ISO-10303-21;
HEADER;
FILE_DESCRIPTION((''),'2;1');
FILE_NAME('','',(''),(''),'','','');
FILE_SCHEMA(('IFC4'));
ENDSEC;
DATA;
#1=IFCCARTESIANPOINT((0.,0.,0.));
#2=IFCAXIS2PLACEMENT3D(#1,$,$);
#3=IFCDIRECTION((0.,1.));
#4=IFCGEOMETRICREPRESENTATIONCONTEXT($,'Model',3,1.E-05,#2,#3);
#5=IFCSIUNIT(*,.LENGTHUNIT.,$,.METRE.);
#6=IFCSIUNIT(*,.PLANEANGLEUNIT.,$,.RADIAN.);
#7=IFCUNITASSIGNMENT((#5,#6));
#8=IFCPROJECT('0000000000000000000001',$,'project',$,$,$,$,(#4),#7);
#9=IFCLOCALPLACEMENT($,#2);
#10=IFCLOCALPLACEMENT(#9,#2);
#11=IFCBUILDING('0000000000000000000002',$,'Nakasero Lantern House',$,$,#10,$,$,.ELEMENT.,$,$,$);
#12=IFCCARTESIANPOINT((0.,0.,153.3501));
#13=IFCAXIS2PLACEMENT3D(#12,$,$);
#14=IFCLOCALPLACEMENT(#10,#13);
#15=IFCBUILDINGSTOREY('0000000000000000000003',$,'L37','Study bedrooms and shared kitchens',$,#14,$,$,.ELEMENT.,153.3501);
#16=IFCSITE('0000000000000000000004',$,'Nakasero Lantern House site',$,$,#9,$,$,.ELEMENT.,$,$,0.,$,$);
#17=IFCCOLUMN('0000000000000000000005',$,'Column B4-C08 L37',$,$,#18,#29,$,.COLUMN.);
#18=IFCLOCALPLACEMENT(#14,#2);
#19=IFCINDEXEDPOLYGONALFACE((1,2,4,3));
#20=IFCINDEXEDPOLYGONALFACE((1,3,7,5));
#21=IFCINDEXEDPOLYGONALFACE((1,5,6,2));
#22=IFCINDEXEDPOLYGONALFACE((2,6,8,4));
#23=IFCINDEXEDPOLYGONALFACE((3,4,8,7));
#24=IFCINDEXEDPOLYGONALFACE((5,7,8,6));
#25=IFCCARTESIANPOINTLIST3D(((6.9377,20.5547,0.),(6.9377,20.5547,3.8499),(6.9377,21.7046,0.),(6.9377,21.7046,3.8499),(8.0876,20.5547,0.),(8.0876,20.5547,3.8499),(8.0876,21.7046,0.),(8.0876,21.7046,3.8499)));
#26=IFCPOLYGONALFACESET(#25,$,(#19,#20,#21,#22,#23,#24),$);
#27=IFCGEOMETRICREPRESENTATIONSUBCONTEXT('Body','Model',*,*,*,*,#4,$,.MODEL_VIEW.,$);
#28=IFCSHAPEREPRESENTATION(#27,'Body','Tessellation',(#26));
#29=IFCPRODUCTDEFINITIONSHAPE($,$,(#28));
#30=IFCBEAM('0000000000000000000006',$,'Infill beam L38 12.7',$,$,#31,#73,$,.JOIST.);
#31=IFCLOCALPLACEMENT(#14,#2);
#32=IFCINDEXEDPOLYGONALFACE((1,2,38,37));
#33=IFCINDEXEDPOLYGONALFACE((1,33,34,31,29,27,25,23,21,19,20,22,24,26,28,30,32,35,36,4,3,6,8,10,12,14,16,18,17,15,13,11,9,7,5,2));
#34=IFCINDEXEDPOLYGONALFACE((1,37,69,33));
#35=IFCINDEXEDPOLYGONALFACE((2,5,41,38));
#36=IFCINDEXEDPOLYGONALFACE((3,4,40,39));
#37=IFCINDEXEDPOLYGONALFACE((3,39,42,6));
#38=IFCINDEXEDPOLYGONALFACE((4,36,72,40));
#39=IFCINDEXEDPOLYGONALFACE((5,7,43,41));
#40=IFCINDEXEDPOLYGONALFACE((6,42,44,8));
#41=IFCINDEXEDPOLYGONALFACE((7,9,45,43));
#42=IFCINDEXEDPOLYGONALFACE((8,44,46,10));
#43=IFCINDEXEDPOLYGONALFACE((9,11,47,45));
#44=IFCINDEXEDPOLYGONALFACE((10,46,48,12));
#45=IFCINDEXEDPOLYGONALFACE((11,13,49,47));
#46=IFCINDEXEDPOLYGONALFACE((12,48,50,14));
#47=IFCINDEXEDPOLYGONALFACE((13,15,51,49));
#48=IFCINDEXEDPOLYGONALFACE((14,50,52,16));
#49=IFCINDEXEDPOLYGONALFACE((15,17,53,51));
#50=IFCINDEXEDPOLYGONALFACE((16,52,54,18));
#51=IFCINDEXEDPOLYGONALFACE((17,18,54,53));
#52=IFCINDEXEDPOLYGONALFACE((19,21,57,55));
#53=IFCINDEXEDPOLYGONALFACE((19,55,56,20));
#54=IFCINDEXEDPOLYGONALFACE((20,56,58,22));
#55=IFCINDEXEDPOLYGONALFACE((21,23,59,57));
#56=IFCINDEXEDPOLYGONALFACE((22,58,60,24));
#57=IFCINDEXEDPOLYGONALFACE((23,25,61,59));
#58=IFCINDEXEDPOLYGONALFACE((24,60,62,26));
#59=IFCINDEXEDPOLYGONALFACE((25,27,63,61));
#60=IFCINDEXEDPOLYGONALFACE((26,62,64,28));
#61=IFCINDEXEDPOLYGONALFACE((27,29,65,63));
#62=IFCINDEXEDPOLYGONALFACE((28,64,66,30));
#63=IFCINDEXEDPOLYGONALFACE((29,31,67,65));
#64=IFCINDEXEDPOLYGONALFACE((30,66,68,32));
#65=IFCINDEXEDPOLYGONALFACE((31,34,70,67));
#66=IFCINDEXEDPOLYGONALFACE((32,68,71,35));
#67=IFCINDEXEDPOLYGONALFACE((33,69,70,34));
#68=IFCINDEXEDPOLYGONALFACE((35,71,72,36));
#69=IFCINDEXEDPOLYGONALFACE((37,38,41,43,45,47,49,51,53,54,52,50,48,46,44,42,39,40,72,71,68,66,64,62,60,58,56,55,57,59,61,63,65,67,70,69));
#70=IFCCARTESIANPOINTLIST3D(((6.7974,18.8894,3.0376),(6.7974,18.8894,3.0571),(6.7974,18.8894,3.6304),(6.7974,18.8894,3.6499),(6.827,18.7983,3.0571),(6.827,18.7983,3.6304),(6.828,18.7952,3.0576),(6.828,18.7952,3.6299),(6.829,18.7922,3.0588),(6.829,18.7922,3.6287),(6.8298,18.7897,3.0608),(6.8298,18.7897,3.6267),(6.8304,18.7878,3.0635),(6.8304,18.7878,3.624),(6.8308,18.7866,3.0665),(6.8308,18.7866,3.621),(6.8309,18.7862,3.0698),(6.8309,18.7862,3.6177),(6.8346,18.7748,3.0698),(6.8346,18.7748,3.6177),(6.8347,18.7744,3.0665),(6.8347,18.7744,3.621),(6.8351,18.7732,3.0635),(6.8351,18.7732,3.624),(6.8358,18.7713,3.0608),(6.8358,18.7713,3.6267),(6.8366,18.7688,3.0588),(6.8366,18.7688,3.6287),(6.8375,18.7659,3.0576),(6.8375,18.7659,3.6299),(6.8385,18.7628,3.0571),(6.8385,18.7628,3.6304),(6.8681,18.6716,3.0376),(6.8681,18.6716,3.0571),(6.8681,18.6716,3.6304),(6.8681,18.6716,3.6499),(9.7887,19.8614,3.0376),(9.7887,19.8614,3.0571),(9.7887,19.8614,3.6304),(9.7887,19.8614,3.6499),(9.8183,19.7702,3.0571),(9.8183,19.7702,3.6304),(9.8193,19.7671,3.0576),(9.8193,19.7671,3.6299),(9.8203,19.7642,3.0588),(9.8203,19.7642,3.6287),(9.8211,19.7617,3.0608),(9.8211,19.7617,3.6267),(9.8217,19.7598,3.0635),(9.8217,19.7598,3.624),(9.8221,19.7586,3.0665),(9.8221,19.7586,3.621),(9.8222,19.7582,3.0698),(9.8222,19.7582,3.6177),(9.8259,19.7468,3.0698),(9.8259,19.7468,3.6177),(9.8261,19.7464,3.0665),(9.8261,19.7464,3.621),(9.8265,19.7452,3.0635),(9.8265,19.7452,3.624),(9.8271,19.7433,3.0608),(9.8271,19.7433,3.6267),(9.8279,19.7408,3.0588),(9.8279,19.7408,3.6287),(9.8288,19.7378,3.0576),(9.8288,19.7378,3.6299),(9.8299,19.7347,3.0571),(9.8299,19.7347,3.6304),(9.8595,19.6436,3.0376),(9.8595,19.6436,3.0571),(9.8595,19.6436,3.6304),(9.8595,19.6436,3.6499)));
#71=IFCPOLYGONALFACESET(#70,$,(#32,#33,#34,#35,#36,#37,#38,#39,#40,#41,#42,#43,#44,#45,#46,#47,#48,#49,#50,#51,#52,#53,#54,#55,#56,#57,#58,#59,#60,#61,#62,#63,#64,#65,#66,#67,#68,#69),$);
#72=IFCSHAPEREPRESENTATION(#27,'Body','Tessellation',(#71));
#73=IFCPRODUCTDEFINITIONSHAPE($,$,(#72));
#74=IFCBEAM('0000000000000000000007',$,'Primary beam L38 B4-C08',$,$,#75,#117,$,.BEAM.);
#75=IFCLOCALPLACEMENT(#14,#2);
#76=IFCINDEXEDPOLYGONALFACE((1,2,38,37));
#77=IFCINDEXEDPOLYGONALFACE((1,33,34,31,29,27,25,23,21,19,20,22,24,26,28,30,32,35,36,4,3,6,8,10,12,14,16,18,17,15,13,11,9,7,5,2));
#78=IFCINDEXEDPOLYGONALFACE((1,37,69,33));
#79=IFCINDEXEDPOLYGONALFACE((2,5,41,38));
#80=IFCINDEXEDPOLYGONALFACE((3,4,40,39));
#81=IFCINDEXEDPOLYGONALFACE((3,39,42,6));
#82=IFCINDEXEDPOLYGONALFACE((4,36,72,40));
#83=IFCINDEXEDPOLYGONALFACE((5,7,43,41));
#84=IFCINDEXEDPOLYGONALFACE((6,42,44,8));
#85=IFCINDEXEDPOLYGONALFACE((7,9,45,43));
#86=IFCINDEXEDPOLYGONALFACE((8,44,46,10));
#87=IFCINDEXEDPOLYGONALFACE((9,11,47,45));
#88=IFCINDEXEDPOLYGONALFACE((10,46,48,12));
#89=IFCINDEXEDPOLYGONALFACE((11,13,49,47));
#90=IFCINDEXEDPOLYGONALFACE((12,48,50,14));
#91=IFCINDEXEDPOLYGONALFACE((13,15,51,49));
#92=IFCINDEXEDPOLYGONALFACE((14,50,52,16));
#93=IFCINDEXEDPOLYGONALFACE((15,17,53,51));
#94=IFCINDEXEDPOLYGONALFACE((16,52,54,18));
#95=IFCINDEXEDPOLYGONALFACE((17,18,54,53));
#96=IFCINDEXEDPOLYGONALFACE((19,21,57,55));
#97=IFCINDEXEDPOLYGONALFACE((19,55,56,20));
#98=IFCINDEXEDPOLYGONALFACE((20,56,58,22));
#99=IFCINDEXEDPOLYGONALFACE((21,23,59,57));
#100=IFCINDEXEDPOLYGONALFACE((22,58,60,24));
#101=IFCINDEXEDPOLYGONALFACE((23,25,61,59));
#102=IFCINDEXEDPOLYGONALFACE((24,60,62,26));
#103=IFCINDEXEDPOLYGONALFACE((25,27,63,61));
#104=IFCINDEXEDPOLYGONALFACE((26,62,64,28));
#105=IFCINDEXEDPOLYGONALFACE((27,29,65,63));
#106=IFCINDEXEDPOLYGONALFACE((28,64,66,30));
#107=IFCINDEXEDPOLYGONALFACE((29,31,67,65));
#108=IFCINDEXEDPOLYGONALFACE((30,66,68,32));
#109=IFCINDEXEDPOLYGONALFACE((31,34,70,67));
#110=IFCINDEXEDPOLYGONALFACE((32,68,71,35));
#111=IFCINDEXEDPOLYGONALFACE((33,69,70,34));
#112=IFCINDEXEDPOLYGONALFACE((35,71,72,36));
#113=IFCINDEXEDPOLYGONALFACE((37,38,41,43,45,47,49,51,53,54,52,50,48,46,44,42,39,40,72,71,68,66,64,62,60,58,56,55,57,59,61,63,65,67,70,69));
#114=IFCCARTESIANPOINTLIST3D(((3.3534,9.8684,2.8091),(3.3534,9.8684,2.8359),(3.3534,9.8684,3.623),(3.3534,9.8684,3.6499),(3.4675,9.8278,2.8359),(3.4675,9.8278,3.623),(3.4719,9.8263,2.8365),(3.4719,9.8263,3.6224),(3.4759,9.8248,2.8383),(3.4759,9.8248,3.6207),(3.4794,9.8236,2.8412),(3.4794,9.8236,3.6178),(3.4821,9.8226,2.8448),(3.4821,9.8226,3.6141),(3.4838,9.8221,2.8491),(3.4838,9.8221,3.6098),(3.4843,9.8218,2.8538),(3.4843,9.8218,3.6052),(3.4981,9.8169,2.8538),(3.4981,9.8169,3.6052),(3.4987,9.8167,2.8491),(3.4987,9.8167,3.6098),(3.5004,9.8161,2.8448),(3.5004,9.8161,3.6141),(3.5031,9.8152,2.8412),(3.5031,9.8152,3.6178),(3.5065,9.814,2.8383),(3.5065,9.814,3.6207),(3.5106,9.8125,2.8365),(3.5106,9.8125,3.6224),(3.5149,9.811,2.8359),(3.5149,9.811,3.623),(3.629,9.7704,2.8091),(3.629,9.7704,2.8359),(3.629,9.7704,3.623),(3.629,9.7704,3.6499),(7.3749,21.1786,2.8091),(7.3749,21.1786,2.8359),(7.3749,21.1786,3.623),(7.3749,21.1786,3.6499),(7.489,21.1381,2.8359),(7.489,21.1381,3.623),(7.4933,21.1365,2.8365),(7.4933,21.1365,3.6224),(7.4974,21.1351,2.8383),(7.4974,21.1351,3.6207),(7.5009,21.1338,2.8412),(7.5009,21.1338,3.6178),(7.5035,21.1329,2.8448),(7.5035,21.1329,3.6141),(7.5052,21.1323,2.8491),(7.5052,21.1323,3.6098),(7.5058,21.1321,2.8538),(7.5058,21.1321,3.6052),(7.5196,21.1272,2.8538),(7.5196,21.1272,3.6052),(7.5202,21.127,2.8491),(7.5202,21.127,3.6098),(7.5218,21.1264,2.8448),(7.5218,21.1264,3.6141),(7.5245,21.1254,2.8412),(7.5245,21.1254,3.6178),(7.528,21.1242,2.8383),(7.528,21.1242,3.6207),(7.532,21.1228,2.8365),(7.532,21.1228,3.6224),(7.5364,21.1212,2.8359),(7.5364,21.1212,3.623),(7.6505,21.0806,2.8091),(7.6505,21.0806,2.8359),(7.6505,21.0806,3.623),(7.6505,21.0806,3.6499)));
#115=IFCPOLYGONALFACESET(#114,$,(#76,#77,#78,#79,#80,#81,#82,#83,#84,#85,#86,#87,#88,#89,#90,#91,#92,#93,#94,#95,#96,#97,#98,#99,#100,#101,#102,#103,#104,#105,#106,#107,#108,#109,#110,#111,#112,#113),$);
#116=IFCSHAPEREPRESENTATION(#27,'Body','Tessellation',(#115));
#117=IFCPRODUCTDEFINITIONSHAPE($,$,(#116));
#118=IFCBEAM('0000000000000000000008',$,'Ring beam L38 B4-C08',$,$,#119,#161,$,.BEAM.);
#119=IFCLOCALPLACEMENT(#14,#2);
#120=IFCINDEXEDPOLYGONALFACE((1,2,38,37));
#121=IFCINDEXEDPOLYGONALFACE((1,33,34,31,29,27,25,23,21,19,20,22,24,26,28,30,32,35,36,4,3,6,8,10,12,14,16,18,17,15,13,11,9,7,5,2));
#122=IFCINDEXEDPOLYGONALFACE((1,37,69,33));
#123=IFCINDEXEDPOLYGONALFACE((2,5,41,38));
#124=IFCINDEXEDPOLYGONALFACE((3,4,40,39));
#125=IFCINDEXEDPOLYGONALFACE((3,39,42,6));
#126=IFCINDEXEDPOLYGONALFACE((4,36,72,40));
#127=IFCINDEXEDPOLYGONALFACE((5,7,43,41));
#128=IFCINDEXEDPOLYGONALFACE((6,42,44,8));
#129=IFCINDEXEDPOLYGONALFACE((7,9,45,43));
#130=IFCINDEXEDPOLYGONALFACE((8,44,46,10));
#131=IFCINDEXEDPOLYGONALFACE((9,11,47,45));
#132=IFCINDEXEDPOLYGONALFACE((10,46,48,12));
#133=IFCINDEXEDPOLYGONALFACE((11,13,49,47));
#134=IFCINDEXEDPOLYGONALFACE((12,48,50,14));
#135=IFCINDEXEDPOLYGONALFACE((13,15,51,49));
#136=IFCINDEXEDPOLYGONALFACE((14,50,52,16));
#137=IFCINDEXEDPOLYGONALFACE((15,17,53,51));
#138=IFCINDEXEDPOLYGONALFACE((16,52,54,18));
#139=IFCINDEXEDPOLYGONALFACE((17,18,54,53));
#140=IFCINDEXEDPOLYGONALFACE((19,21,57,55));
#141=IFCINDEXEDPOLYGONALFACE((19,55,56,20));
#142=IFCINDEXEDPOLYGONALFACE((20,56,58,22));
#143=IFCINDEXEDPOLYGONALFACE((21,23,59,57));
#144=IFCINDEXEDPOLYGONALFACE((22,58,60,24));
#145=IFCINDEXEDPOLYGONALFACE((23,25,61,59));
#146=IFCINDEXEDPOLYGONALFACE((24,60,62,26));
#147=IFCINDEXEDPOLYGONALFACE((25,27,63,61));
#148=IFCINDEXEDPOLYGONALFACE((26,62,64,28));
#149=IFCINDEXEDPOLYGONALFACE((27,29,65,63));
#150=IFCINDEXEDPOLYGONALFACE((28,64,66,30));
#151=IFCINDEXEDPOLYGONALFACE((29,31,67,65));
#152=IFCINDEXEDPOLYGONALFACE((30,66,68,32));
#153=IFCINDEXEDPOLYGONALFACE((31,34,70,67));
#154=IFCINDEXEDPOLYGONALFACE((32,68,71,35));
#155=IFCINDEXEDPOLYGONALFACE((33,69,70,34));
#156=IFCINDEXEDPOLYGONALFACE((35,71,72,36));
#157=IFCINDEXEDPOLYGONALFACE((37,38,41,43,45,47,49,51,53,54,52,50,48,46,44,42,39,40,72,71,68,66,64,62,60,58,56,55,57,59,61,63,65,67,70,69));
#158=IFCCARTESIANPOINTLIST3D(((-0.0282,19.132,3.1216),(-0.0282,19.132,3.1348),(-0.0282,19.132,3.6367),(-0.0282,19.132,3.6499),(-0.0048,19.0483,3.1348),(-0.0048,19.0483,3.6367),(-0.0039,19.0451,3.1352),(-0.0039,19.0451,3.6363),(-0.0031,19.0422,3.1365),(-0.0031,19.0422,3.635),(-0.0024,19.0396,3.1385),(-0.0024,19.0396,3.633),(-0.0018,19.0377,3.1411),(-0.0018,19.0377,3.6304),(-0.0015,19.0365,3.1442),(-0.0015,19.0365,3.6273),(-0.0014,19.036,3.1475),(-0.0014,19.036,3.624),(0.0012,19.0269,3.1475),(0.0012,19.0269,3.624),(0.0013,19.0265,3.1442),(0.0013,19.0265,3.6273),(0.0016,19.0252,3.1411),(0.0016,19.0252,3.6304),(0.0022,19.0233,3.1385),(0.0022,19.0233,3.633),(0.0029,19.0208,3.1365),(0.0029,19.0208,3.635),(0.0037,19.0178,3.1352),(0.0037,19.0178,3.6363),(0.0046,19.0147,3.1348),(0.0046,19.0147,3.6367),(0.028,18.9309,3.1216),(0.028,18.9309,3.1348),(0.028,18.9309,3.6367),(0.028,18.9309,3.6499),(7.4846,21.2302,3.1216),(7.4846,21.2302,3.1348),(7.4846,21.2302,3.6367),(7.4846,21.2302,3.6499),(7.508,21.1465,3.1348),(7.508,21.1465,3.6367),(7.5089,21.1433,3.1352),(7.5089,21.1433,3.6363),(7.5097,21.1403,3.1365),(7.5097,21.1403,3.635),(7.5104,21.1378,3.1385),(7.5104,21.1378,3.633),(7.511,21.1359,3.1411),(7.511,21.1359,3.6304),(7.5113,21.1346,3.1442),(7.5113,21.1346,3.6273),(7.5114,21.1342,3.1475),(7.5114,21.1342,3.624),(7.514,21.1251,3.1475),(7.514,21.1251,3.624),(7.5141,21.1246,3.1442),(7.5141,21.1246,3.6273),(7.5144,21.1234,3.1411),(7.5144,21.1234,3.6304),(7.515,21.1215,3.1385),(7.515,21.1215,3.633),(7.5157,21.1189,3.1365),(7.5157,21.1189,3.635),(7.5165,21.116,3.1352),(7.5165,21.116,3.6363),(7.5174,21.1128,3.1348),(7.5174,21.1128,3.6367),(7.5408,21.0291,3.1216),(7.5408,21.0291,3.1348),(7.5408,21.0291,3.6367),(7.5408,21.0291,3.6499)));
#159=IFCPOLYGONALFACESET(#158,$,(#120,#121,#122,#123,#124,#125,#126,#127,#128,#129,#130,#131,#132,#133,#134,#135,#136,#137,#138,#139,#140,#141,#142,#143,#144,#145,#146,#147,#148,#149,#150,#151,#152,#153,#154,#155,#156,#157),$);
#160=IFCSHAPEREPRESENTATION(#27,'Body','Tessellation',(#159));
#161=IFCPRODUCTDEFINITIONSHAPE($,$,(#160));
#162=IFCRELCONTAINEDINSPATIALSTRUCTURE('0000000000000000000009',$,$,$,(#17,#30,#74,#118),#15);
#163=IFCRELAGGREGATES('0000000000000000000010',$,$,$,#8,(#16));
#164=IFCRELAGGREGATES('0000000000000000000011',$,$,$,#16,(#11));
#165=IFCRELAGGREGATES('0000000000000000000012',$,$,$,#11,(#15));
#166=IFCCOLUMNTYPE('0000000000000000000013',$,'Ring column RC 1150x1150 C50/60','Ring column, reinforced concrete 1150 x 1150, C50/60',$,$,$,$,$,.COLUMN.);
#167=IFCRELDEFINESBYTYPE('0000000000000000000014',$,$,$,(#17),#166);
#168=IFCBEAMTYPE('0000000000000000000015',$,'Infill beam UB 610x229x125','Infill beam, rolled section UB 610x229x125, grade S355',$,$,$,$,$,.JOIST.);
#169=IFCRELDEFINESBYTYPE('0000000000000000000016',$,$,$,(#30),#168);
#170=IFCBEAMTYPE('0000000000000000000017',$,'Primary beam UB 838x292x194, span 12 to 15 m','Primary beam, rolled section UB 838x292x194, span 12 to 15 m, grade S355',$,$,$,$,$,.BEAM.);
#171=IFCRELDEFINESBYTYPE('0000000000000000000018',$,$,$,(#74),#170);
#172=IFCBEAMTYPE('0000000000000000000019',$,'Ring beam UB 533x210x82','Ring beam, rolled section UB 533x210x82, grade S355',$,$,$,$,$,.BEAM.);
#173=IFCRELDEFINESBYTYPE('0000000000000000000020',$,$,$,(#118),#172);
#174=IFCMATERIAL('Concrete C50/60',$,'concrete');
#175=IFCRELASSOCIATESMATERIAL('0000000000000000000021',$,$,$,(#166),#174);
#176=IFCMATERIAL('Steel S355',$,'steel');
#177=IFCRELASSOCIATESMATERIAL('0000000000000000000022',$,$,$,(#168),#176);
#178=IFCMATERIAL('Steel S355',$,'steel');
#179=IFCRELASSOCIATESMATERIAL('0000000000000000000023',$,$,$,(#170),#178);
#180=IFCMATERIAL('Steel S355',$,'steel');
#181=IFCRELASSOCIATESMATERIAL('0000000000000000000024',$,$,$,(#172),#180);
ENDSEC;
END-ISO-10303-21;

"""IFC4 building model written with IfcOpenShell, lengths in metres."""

from ifc_helpers import new_model, si_unit, direction, frame, origin, origin_2d, place, context, subcontext, project, spatial, rectangle, i_section, extrude, material, material_profile, profile_set, type_object, element, save


model = new_model("IFC4")

# Units and contexts
model_context = context("Model", 3, precision=1e-05, world=origin(), true_north=direction((0.0, 1.0)))
body_context = subcontext(model_context, "Body", "Model", "MODEL_VIEW")
ifc_project = project(units=[si_unit("LENGTHUNIT", "METRE"), si_unit("PLANEANGLEUNIT", "RADIAN")], contexts=[model_context])

# Site, building, storey
site_placement = place(None, origin())
site = spatial("IfcSite", under=ifc_project, at=site_placement, Name="Nakasero Lantern House site", CompositionType="ELEMENT", RefElevation=0.0)
building_placement = place(site_placement, origin())
building = spatial("IfcBuilding", under=site, at=building_placement, Name="Nakasero Lantern House", CompositionType="ELEMENT")
storey_placement = place(building_placement, frame((0.0, 0.0, 153.3501)))
storey = spatial("IfcBuildingStorey", under=building, at=storey_placement, Name="L37", Description="Study bedrooms and shared kitchens", CompositionType="ELEMENT", Elevation=153.3501)

# Column
ifc_material_1 = material(Name="Concrete C50/60", Category="concrete")
ifc_material_profile_1 = material_profile(ifc_material_1, rectangle(XDim=1.1499, YDim=1.1499, at=origin_2d()), Name="RC 1150x1150")
ifc_profile_set_1 = profile_set([ifc_material_profile_1], Name="Concrete C50/60")
column_type = type_object("IfcColumnType", Name="Ring column RC 1150x1150 C50/60", Description="Ring column, reinforced concrete 1150 x 1150, C50/60", PredefinedType="COLUMN", material=ifc_profile_set_1)
column_placement = place(storey_placement, frame((7.5127, 21.1296, 0.0), z_axis=(0.0, 0.0, 1.0), x_axis=(1.0, 0.0, 0.0)))
element("IfcColumn", 1, at=column_placement, inside=storey, type_object=column_type, Name="Column B4-C08 L37", PredefinedType="COLUMN", context=body_context, shape_type="SweptSolid", body=[
    extrude(rectangle(XDim=1.1499, YDim=1.1499, at=origin_2d()), origin(), (0.0, 0.0, 1.0), 3.8499),
])

# Beams
ifc_material_2 = material(Name="Steel S355", Category="steel")
ifc_material_profile_2 = material_profile(ifc_material_2, i_section(OverallWidth=0.229, OverallDepth=0.6123, WebThickness=0.012, FlangeThickness=0.0195, FilletRadius=0.0127, at=origin_2d()), Name="UB 610x229x125")
ifc_profile_set_2 = profile_set([ifc_material_profile_2], Name="Steel S355")
beam_type_1 = type_object("IfcBeamType", Name="Infill beam UB 610x229x125", Description="Infill beam, rolled section UB 610x229x125, grade S355", PredefinedType="JOIST", material=ifc_profile_set_2)
beam_1_placement = place(storey_placement, frame((6.8328, 18.7805, 3.3438), z_axis=(0.951055, 0.309023, 0.0), x_axis=(-0.309023, 0.951055, 0.0)))
element("IfcBeam", 2, at=beam_1_placement, inside=storey, type_object=beam_type_1, Name="Infill beam L38 12.7", PredefinedType="JOIST", context=body_context, shape_type="SweptSolid", body=[
    extrude(i_section(OverallWidth=0.229, OverallDepth=0.6123, WebThickness=0.012, FlangeThickness=0.0195, FilletRadius=0.0127, at=origin_2d()), origin(), (0.0, 0.0, 1.0), 3.1453),
])
ifc_material_3 = material(Name="Steel S355", Category="steel")
ifc_material_profile_3 = material_profile(ifc_material_3, i_section(OverallWidth=0.2925, OverallDepth=0.8408, WebThickness=0.0146, FlangeThickness=0.0269, FilletRadius=0.0178, at=origin_2d()), Name="UB 838x292x194")
ifc_profile_set_3 = profile_set([ifc_material_profile_3], Name="Steel S355")
beam_type_2 = type_object("IfcBeamType", Name="Primary beam UB 838x292x194, span 12 to 15 m", Description="Primary beam, rolled section UB 838x292x194, span 12 to 15 m, grade S355", PredefinedType="BEAM", material=ifc_profile_set_3)
beam_2_placement = place(storey_placement, frame((7.5127, 21.1296, 3.2295), z_axis=(-0.335013, -0.942214, 0.0), x_axis=(0.942214, -0.335013, 0.0)))
element("IfcBeam", 3, at=beam_2_placement, inside=storey, type_object=beam_type_2, Name="Primary beam L38 B4-C08", PredefinedType="BEAM", context=body_context, shape_type="SweptSolid", body=[
    extrude(i_section(OverallWidth=0.2925, OverallDepth=0.8408, WebThickness=0.0146, FlangeThickness=0.0269, FilletRadius=0.0178, at=origin_2d()), origin(), (0.0, 0.0, 1.0), 12.0039),
])
ifc_material_4 = material(Name="Steel S355", Category="steel")
ifc_material_profile_4 = material_profile(ifc_material_4, i_section(OverallWidth=0.2087, OverallDepth=0.5283, WebThickness=0.0095, FlangeThickness=0.0132, FilletRadius=0.0127, at=origin_2d()), Name="UB 533x210x82")
ifc_profile_set_4 = profile_set([ifc_material_profile_4], Name="Steel S355")
beam_type_3 = type_object("IfcBeamType", Name="Ring beam UB 533x210x82", Description="Ring beam, rolled section UB 533x210x82, grade S355", PredefinedType="BEAM", material=ifc_profile_set_4)
beam_3_placement = place(storey_placement, frame((7.5127, 21.1296, 3.3857), z_axis=(-0.963144, -0.268987, 0.0), x_axis=(0.268987, -0.963144, 0.0)))
element("IfcBeam", 4, at=beam_3_placement, inside=storey, type_object=beam_type_3, Name="Ring beam L38 B4-C08", PredefinedType="BEAM", context=body_context, shape_type="SweptSolid", body=[
    extrude(i_section(OverallWidth=0.2087, OverallDepth=0.5283, WebThickness=0.0095, FlangeThickness=0.0132, FilletRadius=0.0127, at=origin_2d()), origin(), (0.0, 0.0, 1.0), 7.8003),
])

save(model, "model.ifc")
